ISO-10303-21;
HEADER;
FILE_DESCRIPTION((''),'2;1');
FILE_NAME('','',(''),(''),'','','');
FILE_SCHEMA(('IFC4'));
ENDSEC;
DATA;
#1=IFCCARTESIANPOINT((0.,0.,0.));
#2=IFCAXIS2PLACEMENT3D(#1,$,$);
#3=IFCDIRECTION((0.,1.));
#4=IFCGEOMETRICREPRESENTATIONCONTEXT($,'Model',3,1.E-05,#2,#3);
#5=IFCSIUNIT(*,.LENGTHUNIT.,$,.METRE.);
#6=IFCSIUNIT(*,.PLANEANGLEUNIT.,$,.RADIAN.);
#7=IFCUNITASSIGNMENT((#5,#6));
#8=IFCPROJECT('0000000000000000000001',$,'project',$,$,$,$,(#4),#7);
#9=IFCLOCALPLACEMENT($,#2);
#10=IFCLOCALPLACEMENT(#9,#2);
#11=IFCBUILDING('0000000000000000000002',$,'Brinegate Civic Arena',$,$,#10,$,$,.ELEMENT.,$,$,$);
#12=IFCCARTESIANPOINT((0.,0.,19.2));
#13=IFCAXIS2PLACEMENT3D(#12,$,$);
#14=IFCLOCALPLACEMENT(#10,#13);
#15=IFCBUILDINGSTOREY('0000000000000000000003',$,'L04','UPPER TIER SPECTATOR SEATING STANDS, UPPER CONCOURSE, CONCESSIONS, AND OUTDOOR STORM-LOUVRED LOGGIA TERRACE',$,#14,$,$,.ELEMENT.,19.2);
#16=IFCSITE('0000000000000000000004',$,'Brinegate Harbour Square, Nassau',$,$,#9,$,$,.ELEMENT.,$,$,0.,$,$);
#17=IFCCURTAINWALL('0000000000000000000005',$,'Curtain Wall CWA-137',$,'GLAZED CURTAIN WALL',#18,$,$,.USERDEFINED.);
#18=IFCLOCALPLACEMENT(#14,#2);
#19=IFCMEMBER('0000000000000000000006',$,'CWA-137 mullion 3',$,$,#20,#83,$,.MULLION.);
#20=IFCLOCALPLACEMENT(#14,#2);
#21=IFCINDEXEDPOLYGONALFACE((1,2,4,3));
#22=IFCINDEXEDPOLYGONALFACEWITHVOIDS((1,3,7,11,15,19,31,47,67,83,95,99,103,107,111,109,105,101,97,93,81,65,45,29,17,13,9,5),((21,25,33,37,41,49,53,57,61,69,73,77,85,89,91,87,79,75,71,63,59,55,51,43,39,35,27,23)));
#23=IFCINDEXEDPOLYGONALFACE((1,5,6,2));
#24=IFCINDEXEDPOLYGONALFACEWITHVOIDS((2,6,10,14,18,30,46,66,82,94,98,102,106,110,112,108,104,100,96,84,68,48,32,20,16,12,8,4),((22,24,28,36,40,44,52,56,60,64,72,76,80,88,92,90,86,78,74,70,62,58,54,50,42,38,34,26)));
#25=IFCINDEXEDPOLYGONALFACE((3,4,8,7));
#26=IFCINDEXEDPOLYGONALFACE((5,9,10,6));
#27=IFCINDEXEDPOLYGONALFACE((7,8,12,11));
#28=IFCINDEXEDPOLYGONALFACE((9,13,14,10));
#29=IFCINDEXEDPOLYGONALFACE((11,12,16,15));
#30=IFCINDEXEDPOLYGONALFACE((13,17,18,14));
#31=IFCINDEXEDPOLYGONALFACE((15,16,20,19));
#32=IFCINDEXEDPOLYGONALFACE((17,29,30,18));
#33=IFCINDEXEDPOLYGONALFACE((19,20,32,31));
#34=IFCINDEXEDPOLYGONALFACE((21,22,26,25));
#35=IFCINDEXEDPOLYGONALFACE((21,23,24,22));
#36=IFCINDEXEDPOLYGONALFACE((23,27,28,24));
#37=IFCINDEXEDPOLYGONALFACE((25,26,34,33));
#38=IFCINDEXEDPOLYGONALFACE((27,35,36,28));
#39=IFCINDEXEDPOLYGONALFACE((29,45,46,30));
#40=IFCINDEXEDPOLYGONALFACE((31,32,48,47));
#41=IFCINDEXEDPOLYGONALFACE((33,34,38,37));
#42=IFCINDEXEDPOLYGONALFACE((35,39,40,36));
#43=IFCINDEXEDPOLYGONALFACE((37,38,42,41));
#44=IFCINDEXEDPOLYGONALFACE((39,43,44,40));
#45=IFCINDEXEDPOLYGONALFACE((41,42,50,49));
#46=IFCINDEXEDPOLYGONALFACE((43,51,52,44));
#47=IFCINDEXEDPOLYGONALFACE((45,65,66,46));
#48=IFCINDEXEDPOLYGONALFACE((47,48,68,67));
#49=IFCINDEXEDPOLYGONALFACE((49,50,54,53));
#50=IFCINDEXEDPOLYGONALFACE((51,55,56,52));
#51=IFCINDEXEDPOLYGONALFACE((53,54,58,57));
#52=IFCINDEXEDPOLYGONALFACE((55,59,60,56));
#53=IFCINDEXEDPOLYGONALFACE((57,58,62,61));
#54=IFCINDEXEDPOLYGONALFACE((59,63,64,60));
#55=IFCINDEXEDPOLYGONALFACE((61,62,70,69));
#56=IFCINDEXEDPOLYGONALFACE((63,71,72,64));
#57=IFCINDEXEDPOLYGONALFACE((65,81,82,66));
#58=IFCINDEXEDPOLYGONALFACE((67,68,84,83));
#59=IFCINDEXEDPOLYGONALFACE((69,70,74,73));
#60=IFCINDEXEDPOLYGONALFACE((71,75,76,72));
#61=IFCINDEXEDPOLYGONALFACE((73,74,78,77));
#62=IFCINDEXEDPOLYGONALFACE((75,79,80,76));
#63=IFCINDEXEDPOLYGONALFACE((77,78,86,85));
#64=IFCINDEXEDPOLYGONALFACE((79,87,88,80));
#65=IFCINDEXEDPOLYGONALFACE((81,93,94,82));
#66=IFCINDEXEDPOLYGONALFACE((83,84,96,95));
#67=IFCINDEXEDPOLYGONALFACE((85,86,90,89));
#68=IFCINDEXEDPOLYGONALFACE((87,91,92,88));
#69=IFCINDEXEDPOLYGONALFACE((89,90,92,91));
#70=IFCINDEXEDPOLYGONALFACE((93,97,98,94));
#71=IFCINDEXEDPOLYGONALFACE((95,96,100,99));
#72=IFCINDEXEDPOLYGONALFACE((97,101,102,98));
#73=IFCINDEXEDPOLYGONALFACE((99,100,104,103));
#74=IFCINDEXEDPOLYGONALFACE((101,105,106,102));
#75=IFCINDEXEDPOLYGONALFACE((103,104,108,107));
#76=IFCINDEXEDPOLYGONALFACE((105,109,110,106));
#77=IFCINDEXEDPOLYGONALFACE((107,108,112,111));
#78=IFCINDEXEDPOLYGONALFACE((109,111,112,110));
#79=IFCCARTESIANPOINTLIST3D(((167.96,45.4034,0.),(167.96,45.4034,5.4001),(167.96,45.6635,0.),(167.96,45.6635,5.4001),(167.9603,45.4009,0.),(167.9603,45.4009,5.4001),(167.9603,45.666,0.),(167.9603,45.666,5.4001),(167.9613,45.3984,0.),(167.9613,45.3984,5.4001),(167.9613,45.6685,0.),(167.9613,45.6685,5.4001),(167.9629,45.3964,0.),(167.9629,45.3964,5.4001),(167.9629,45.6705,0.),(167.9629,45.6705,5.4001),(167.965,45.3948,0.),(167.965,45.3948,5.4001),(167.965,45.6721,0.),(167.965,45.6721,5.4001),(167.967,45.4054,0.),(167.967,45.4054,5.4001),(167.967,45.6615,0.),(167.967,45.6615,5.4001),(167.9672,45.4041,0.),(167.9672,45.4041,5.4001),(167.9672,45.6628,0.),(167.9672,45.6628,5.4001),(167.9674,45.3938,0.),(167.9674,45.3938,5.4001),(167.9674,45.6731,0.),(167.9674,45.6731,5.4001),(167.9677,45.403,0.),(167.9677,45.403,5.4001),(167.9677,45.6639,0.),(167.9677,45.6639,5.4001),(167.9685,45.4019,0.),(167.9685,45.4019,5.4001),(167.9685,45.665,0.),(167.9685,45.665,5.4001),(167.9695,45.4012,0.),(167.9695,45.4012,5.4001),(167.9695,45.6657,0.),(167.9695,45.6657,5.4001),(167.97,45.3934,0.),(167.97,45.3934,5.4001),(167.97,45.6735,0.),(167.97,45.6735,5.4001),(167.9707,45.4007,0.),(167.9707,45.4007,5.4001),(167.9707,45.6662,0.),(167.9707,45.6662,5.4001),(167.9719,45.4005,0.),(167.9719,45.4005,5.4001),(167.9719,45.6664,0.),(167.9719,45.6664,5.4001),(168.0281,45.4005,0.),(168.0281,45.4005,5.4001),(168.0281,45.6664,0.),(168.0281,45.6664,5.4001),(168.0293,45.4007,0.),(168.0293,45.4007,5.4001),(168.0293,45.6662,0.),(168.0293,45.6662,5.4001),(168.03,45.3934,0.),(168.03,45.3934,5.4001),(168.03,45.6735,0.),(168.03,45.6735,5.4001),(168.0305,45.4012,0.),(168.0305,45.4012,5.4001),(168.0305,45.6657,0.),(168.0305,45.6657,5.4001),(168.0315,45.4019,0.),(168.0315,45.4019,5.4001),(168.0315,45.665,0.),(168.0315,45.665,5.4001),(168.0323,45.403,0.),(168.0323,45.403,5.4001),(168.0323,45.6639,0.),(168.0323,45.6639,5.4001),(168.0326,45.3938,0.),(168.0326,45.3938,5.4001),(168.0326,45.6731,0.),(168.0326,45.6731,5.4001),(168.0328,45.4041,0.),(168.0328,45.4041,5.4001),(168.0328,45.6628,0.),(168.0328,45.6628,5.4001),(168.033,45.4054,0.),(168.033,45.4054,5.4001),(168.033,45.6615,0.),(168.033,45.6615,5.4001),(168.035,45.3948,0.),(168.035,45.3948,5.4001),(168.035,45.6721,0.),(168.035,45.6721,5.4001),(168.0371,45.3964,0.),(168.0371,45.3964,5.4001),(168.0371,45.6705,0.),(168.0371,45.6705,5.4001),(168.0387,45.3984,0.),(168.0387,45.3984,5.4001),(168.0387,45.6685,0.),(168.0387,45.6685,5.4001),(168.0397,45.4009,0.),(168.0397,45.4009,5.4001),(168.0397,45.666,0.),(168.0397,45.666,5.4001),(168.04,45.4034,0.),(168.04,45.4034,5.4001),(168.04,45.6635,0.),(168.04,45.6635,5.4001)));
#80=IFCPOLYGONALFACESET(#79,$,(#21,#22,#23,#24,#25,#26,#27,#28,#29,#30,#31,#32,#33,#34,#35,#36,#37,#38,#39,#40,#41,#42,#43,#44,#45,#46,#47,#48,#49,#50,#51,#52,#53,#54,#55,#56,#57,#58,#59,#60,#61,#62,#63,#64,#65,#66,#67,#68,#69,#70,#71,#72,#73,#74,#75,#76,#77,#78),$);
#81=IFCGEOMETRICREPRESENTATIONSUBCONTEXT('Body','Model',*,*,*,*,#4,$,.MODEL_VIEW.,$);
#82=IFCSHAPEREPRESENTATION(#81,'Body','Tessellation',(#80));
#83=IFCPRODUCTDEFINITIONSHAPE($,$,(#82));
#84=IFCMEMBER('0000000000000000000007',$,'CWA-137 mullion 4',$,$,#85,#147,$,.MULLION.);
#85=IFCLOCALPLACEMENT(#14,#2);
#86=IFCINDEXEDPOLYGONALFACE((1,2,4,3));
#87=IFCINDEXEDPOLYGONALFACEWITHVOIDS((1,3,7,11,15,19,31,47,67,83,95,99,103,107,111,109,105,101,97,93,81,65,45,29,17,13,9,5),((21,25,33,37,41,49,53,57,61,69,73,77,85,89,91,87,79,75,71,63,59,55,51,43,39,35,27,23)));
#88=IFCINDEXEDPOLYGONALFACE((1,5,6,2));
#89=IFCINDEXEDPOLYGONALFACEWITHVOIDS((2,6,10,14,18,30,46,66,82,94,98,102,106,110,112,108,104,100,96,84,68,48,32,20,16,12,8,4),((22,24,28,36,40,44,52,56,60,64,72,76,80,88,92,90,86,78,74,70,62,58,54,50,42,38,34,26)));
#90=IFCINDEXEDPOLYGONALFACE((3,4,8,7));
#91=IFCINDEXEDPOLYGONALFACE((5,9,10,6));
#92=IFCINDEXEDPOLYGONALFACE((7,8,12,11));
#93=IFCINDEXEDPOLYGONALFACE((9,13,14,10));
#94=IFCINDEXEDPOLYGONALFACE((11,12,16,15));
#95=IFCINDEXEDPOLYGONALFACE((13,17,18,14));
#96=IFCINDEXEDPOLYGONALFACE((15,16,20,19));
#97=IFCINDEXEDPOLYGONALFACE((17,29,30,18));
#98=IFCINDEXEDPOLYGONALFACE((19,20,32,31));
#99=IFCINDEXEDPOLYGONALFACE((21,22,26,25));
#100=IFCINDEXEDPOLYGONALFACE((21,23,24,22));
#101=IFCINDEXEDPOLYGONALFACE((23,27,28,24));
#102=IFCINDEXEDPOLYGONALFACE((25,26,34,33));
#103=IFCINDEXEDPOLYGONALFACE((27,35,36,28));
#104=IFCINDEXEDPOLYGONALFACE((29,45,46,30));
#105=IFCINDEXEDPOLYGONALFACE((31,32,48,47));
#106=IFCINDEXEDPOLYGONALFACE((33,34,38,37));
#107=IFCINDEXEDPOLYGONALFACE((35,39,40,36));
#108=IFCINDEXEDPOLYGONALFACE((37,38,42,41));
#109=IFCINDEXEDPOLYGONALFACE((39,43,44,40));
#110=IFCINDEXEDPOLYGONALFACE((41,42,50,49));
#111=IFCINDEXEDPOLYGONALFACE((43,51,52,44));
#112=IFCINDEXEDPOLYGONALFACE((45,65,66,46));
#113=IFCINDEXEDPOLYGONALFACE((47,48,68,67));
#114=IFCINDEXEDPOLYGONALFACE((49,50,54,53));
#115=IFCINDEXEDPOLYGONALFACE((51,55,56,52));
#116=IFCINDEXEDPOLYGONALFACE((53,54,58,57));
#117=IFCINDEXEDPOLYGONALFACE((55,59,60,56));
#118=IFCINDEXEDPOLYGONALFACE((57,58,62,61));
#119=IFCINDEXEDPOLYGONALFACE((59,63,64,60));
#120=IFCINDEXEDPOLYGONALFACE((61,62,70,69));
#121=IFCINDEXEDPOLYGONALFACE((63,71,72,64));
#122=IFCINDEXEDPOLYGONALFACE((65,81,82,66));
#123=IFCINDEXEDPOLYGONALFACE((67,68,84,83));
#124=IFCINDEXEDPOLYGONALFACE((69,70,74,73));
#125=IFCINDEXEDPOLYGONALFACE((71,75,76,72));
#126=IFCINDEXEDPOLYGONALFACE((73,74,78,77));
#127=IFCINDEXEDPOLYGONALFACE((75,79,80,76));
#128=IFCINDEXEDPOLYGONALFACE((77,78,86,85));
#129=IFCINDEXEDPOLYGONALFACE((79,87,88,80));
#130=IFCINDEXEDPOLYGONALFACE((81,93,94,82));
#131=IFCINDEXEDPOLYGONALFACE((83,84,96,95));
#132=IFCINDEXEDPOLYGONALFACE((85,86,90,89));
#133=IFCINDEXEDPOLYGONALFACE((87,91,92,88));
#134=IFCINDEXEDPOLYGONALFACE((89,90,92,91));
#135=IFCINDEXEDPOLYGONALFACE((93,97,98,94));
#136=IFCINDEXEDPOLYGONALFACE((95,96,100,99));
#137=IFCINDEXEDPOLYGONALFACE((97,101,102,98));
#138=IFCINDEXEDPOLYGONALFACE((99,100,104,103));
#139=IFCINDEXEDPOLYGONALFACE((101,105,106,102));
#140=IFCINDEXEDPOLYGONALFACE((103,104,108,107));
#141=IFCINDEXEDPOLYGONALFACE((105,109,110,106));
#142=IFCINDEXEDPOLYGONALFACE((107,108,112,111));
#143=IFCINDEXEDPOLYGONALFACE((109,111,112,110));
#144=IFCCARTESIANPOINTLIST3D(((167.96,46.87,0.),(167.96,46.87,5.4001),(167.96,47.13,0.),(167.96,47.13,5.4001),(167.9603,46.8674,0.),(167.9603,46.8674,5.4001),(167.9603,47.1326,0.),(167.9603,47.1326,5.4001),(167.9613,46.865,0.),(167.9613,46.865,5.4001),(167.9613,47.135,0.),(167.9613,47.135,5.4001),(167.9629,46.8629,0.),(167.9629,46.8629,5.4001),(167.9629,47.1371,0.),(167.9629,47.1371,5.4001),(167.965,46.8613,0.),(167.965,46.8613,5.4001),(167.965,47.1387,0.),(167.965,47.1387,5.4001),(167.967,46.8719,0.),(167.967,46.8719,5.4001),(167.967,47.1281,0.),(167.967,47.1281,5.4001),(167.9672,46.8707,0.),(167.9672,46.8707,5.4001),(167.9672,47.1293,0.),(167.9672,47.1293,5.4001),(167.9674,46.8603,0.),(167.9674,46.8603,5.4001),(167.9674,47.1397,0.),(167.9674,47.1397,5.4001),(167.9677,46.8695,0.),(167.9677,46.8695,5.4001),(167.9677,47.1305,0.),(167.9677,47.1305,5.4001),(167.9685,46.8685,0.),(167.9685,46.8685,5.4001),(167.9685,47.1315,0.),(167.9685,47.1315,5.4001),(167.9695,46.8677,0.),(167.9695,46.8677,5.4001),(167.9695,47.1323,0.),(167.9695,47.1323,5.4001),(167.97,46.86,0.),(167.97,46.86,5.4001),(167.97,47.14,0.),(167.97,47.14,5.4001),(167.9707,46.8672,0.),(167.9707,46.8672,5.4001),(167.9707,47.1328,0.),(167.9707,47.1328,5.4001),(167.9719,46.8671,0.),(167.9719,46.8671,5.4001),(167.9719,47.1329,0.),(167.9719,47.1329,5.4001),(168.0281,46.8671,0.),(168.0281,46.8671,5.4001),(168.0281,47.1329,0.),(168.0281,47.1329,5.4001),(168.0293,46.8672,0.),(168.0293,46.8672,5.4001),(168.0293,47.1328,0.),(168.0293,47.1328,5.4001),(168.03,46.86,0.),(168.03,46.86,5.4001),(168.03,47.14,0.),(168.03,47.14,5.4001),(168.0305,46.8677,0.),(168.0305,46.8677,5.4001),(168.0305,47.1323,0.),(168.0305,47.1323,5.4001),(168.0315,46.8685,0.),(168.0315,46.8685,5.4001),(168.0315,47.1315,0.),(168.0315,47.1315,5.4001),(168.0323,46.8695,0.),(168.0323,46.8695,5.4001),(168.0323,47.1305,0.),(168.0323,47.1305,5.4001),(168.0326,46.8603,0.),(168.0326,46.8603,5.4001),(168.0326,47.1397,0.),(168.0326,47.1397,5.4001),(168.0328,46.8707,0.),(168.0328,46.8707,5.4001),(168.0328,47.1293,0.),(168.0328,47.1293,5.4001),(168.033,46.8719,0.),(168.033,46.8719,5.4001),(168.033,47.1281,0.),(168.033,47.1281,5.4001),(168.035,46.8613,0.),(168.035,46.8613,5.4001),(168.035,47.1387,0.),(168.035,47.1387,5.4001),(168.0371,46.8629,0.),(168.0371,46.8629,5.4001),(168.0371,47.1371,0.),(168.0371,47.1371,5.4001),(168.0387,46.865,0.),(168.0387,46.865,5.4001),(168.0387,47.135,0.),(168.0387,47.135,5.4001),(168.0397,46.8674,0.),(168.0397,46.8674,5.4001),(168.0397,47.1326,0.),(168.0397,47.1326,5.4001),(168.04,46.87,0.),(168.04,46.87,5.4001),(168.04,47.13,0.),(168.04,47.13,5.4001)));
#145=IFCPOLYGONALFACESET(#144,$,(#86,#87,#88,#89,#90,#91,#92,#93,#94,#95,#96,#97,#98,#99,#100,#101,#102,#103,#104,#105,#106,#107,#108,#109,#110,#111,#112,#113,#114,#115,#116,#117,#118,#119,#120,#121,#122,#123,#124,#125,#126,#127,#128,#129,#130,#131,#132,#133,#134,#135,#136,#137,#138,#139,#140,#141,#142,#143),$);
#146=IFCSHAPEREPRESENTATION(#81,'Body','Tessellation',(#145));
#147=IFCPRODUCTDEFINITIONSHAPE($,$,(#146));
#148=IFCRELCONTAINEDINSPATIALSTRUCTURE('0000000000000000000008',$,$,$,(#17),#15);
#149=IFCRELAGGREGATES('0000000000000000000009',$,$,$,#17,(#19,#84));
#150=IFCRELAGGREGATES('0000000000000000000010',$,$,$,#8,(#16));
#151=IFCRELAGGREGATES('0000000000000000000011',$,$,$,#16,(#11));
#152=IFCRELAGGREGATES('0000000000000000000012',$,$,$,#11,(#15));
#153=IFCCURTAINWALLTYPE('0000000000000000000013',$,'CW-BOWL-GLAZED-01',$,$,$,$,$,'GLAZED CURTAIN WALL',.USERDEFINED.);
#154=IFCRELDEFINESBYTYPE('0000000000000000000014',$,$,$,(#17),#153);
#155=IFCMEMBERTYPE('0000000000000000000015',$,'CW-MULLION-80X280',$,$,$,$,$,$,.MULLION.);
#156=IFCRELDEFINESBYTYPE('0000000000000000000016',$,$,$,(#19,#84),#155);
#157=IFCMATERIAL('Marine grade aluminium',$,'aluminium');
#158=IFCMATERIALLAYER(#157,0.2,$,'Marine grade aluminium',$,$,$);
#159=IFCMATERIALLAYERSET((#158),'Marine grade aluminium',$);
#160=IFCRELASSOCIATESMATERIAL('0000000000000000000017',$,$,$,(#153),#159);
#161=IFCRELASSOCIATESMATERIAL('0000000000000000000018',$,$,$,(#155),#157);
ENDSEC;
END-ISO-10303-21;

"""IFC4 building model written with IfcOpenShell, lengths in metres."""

from ifc_helpers import new_model, si_unit, direction, frame, origin, origin_2d, place, context, subcontext, project, spatial, hollow_rectangle, extrude, material, layer, layer_set, material_profile, profile_set, type_object, element, aggregate, save


model = new_model("IFC4")

# Units and contexts
model_context = context("Model", 3, precision=1e-05, world=origin(), true_north=direction((0.0, 1.0)))
body_context = subcontext(model_context, "Body", "Model", "MODEL_VIEW")
ifc_project = project(units=[si_unit("LENGTHUNIT", "METRE"), si_unit("PLANEANGLEUNIT", "RADIAN")], contexts=[model_context])

# Site, building, storey
site_placement = place(None, origin())
site = spatial("IfcSite", under=ifc_project, at=site_placement, Name="Brinegate Harbour Square, Nassau", CompositionType="ELEMENT", RefElevation=0.0)
building_placement = place(site_placement, origin())
building = spatial("IfcBuilding", under=site, at=building_placement, Name="Brinegate Civic Arena", CompositionType="ELEMENT")
storey_placement = place(building_placement, frame((0.0, 0.0, 19.2)))
storey = spatial("IfcBuildingStorey", under=building, at=storey_placement, Name="L04", Description="UPPER TIER SPECTATOR SEATING STANDS, UPPER CONCOURSE, CONCESSIONS, AND OUTDOOR STORM-LOUVRED LOGGIA TERRACE", CompositionType="ELEMENT", Elevation=19.2)

# Curtain wall, members
ifc_material_1 = material(Name="Marine grade aluminium", Category="aluminium")
ifc_layer_1 = layer(ifc_material_1, 0.2, Name="Marine grade aluminium")
ifc_layer_set_1 = layer_set([ifc_layer_1], Name="Marine grade aluminium")
curtain_wall_type = type_object("IfcCurtainWallType", Name="CW-BOWL-GLAZED-01", ElementType="GLAZED CURTAIN WALL", PredefinedType="USERDEFINED", material=ifc_layer_set_1)
curtain_wall_placement = place(storey_placement, origin())
curtain_wall = element("IfcCurtainWall", 1, at=curtain_wall_placement, inside=storey, type_object=curtain_wall_type, Name="Curtain Wall CWA-137", ObjectType="GLAZED CURTAIN WALL", PredefinedType="USERDEFINED")
ifc_material_profile_1 = material_profile(ifc_material_1, hollow_rectangle(XDim=0.0801, YDim=0.28, WallThickness=0.0071, InnerFilletRadius=0.0049, OuterFilletRadius=0.01, at=origin_2d()), Name="MUL80X280")
ifc_profile_set_1 = profile_set([ifc_material_profile_1], Name="Marine grade aluminium")
member_type_1 = type_object("IfcMemberType", Name="CW-MULLION-80X280", PredefinedType="MULLION", material=ifc_profile_set_1)
member_1_placement = place(storey_placement, frame((168.0, 45.5334, 0.0), z_axis=(0.0, 0.0, 1.0), x_axis=(-1.0, 0.0, 0.0)))
member_1 = element("IfcMember", 2, at=member_1_placement, type_object=member_type_1, Name="CWA-137 mullion 3", PredefinedType="MULLION", context=body_context, shape_type="SweptSolid", body=[
    extrude(hollow_rectangle(XDim=0.0801, YDim=0.28, WallThickness=0.0071, InnerFilletRadius=0.0049, OuterFilletRadius=0.01, at=origin_2d()), origin(), (0.0, 0.0, 1.0), 5.4001),
])
member_2_placement = place(storey_placement, frame((168.0, 47.0, 0.0), z_axis=(0.0, 0.0, 1.0), x_axis=(-1.0, 0.0, 0.0)))
member_2 = element("IfcMember", 3, at=member_2_placement, type_object=member_type_1, Name="CWA-137 mullion 4", PredefinedType="MULLION", context=body_context, shape_type="SweptSolid", body=[
    extrude(hollow_rectangle(XDim=0.0801, YDim=0.28, WallThickness=0.0071, InnerFilletRadius=0.0049, OuterFilletRadius=0.01, at=origin_2d()), origin(), (0.0, 0.0, 1.0), 5.4001),
])
aggregate(curtain_wall, [member_1, member_2])

save(model, "model.ifc")
